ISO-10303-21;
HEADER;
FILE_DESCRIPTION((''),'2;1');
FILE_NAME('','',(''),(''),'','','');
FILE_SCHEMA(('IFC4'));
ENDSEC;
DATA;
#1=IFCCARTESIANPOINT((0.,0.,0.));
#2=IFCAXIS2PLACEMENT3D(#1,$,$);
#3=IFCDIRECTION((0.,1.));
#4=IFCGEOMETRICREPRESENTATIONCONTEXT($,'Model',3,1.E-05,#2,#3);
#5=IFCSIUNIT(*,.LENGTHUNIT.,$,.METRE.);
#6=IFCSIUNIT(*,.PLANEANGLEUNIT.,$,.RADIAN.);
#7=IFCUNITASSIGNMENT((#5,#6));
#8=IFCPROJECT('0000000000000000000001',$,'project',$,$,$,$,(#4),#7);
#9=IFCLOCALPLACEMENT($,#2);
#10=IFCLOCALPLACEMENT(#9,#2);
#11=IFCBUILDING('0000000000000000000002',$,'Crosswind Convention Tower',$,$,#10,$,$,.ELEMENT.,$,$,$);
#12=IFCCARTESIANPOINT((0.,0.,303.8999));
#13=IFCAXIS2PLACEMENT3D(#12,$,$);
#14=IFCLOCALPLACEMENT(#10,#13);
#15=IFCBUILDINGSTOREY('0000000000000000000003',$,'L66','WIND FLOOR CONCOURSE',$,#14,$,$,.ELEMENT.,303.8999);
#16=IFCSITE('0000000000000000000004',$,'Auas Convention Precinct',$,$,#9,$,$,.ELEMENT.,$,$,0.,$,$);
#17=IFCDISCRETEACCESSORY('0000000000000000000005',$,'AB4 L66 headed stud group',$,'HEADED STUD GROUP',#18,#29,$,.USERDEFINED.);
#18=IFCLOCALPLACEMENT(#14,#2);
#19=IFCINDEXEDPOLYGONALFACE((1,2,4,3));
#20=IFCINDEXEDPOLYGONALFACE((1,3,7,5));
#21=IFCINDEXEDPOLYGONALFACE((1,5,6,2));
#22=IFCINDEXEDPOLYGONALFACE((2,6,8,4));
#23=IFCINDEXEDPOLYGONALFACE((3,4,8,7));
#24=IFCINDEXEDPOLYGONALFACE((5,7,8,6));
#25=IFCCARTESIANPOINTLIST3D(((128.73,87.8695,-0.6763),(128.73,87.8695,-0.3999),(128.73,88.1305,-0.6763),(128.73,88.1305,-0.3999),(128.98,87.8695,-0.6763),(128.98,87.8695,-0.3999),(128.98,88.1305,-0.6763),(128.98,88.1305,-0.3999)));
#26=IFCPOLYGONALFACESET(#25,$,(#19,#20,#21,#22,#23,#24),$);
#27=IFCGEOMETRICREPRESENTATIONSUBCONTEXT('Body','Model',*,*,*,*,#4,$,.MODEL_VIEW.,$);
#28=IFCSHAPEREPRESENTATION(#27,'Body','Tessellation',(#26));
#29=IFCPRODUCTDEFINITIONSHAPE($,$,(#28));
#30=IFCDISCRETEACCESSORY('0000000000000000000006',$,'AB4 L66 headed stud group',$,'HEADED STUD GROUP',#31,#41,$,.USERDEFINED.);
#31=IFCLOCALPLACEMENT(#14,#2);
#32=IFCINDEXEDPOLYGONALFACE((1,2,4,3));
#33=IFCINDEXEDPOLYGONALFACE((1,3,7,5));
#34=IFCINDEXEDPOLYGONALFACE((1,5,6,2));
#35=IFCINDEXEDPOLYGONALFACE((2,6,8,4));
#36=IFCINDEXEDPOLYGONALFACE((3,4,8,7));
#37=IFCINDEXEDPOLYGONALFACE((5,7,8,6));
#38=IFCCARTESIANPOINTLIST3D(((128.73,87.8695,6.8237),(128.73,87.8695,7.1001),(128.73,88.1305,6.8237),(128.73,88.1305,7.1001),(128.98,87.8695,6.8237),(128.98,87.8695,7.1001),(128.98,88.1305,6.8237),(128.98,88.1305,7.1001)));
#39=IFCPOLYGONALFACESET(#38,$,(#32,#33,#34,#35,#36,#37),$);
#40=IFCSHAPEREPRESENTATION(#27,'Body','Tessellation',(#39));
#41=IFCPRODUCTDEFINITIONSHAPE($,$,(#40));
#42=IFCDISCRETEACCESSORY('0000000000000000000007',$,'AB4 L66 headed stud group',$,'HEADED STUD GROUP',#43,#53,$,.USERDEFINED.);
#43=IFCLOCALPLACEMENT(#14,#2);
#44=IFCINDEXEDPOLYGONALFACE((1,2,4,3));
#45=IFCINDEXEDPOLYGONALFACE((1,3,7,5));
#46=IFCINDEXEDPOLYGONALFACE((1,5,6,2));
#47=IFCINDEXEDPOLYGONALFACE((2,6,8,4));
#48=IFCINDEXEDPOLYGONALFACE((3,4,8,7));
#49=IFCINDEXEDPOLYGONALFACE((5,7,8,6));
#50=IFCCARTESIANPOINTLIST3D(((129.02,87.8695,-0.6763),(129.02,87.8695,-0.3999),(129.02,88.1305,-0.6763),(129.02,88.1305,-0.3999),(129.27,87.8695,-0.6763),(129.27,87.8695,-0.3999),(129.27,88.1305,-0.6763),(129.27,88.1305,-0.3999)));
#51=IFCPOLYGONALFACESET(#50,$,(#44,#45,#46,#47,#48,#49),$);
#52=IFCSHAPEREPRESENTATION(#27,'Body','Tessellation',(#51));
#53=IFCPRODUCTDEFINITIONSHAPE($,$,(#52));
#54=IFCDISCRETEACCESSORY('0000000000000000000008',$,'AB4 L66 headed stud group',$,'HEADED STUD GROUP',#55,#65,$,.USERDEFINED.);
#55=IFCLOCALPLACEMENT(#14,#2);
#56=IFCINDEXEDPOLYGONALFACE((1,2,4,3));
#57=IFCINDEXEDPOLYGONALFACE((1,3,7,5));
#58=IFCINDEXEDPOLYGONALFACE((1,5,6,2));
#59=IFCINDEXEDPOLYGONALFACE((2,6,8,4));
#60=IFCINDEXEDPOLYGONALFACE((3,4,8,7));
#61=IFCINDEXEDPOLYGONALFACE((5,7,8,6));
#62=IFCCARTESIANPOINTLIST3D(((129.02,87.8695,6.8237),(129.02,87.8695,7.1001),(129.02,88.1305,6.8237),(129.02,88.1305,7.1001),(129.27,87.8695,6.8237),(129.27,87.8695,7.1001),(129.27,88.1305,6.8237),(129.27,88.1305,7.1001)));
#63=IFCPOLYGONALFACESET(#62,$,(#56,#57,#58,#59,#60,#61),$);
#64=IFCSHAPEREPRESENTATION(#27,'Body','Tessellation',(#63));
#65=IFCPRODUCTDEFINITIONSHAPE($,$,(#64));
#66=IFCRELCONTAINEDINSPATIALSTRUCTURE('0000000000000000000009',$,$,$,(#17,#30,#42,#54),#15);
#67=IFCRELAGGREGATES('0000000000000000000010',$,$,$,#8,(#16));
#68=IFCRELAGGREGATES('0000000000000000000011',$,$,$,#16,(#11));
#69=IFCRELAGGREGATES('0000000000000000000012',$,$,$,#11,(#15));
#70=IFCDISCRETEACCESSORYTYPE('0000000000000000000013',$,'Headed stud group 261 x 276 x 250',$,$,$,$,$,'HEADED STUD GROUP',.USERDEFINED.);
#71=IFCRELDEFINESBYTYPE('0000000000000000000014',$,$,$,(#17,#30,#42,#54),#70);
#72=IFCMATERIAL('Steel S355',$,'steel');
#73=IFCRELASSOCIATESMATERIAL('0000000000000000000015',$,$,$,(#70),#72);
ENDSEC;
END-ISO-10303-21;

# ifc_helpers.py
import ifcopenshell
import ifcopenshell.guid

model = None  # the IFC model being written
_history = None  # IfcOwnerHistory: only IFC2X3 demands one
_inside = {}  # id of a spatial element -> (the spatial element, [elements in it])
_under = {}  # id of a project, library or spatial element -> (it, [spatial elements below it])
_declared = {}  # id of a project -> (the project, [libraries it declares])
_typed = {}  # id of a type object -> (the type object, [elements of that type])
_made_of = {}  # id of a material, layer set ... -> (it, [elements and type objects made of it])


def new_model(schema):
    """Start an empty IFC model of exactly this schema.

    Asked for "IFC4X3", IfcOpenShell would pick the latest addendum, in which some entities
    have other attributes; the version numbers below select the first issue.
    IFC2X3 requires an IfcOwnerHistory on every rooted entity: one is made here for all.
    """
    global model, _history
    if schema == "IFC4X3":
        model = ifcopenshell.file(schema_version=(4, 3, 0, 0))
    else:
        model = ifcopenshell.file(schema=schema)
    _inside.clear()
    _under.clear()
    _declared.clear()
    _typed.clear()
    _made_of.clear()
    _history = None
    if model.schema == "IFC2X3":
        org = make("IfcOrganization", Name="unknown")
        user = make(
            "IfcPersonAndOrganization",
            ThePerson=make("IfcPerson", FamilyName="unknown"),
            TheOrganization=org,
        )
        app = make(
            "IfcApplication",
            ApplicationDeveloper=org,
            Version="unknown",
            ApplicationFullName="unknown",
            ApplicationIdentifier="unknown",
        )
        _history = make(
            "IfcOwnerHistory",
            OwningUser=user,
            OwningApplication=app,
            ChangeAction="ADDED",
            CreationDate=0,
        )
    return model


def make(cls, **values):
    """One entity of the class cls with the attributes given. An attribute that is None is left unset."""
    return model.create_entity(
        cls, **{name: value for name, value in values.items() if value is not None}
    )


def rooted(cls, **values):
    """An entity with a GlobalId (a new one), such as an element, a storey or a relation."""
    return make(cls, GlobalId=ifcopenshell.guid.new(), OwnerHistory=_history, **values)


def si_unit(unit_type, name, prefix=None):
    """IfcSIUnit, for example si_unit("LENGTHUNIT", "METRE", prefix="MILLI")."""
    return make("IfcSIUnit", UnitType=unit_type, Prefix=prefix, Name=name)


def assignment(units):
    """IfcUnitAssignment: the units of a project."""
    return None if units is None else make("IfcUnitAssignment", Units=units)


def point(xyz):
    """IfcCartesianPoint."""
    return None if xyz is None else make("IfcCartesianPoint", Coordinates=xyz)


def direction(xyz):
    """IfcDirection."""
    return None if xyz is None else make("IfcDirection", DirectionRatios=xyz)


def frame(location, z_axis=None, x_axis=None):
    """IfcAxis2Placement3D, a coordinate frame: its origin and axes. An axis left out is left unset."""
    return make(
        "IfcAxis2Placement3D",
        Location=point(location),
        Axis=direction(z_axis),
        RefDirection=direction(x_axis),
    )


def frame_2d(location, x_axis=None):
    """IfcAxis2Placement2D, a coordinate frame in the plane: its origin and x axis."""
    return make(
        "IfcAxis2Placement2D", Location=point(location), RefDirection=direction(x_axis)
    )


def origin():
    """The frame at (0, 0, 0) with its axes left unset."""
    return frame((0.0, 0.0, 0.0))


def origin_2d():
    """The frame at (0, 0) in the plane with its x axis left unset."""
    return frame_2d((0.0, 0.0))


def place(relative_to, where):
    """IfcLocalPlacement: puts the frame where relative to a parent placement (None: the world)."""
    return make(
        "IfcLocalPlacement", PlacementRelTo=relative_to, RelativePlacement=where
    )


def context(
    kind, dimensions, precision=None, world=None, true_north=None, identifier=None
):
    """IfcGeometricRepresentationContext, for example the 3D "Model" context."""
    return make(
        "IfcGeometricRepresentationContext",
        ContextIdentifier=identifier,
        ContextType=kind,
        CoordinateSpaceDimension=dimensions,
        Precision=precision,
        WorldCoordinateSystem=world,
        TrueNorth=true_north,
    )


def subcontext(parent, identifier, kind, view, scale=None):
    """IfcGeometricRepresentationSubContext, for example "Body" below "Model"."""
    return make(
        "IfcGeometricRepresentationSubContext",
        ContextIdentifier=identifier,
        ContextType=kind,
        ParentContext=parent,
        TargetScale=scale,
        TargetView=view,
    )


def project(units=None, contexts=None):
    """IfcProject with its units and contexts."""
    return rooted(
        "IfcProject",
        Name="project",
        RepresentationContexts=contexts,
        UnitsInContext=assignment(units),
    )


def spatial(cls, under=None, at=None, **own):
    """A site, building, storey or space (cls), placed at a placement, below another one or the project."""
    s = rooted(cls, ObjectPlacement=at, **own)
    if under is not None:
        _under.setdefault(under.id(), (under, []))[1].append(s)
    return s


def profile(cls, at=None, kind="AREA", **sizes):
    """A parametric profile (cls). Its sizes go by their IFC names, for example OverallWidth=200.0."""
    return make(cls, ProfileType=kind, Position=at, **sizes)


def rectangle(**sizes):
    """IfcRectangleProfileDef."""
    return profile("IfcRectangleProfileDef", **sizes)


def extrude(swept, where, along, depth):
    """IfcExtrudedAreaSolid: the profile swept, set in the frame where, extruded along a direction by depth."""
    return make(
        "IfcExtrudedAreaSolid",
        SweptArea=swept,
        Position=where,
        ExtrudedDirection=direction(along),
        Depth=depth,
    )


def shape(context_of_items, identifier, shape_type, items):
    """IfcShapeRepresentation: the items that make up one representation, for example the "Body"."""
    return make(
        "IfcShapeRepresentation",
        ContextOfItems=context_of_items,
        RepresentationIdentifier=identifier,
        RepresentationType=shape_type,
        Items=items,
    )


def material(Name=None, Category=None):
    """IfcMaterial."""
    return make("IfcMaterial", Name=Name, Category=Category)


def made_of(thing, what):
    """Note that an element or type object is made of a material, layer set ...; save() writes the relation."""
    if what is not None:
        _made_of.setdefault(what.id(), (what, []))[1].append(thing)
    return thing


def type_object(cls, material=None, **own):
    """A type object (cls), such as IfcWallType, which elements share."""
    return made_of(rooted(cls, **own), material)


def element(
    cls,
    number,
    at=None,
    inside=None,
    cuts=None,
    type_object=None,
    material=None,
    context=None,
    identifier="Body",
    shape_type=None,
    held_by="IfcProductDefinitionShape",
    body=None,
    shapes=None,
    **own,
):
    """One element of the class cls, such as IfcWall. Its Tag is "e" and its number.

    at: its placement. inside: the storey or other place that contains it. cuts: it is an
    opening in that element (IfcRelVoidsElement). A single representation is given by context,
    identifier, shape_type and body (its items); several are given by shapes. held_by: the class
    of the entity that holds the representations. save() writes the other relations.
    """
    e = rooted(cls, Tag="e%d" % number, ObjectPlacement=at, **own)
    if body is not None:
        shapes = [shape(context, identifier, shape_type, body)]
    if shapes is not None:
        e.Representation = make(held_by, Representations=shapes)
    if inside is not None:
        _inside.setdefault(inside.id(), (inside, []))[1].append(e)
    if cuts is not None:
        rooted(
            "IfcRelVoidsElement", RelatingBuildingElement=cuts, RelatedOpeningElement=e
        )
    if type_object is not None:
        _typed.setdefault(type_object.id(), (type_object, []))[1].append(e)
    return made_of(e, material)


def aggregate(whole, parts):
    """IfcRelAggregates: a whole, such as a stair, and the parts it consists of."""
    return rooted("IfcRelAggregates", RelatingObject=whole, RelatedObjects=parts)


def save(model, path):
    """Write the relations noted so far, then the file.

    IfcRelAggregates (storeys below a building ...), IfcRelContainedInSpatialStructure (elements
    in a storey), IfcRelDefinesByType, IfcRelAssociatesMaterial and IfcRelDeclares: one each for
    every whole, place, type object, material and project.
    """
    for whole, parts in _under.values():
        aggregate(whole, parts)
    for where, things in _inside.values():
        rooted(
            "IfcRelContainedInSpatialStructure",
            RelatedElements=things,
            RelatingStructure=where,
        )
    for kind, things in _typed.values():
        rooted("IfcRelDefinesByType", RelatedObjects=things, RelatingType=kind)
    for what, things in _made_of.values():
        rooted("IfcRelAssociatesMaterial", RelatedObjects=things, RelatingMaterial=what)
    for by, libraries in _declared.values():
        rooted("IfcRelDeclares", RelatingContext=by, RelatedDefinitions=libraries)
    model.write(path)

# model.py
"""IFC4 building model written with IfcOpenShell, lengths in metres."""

from ifc_helpers import new_model, si_unit, direction, frame, origin, origin_2d, place, context, subcontext, project, spatial, rectangle, extrude, material, type_object, element, save


model = new_model("IFC4")

# Units and contexts
model_context = context("Model", 3, precision=1e-05, world=origin(), true_north=direction((0.0, 1.0)))
body_context = subcontext(model_context, "Body", "Model", "MODEL_VIEW")
ifc_project = project(units=[si_unit("LENGTHUNIT", "METRE"), si_unit("PLANEANGLEUNIT", "RADIAN")], contexts=[model_context])

# Site, building, storey
site_placement = place(None, origin())
site = spatial("IfcSite", under=ifc_project, at=site_placement, Name="Auas Convention Precinct", CompositionType="ELEMENT", RefElevation=0.0)
building_placement = place(site_placement, origin())
building = spatial("IfcBuilding", under=site, at=building_placement, Name="Crosswind Convention Tower", CompositionType="ELEMENT")
storey_placement = place(building_placement, frame((0.0, 0.0, 303.8999)))
storey = spatial("IfcBuildingStorey", under=building, at=storey_placement, Name="L66", Description="WIND FLOOR CONCOURSE", CompositionType="ELEMENT", Elevation=303.8999)

# Shared definitions
ifc_material_1 = material(Name="Steel S355", Category="steel")

# Discrete accessories
discrete_accessory_type_1 = type_object("IfcDiscreteAccessoryType", Name="Headed stud group 261 x 276 x 250", ElementType="HEADED STUD GROUP", PredefinedType="USERDEFINED", material=ifc_material_1)
for number, where, z_axis, x_axis, name in (
    (1, (128.855, 88.0, -0.6763), (0.0, 0.0, 1.0), (1.0, 0.0, 0.0), "AB4 L66 headed stud group"),
    (2, (128.855, 88.0, 6.8237), (0.0, 0.0, 1.0), (1.0, 0.0, 0.0), "AB4 L66 headed stud group"),
    (3, (129.145, 88.0, -0.6763), (0.0, 0.0, 1.0), (1.0, 0.0, 0.0), "AB4 L66 headed stud group"),
    (4, (129.145, 88.0, 6.8237), (0.0, 0.0, 1.0), (1.0, 0.0, 0.0), "AB4 L66 headed stud group"),
):
    element("IfcDiscreteAccessory", number, at=place(storey_placement, frame(where, z_axis=z_axis, x_axis=x_axis)), inside=storey, type_object=discrete_accessory_type_1, Name=name, ObjectType="HEADED STUD GROUP", PredefinedType="USERDEFINED", context=body_context, shape_type="SweptSolid", body=[
        extrude(rectangle(XDim=0.25, YDim=0.261, at=origin_2d()), origin(), (0.0, 0.0, 1.0), 0.2764),
    ])

save(model, "model.ifc")
